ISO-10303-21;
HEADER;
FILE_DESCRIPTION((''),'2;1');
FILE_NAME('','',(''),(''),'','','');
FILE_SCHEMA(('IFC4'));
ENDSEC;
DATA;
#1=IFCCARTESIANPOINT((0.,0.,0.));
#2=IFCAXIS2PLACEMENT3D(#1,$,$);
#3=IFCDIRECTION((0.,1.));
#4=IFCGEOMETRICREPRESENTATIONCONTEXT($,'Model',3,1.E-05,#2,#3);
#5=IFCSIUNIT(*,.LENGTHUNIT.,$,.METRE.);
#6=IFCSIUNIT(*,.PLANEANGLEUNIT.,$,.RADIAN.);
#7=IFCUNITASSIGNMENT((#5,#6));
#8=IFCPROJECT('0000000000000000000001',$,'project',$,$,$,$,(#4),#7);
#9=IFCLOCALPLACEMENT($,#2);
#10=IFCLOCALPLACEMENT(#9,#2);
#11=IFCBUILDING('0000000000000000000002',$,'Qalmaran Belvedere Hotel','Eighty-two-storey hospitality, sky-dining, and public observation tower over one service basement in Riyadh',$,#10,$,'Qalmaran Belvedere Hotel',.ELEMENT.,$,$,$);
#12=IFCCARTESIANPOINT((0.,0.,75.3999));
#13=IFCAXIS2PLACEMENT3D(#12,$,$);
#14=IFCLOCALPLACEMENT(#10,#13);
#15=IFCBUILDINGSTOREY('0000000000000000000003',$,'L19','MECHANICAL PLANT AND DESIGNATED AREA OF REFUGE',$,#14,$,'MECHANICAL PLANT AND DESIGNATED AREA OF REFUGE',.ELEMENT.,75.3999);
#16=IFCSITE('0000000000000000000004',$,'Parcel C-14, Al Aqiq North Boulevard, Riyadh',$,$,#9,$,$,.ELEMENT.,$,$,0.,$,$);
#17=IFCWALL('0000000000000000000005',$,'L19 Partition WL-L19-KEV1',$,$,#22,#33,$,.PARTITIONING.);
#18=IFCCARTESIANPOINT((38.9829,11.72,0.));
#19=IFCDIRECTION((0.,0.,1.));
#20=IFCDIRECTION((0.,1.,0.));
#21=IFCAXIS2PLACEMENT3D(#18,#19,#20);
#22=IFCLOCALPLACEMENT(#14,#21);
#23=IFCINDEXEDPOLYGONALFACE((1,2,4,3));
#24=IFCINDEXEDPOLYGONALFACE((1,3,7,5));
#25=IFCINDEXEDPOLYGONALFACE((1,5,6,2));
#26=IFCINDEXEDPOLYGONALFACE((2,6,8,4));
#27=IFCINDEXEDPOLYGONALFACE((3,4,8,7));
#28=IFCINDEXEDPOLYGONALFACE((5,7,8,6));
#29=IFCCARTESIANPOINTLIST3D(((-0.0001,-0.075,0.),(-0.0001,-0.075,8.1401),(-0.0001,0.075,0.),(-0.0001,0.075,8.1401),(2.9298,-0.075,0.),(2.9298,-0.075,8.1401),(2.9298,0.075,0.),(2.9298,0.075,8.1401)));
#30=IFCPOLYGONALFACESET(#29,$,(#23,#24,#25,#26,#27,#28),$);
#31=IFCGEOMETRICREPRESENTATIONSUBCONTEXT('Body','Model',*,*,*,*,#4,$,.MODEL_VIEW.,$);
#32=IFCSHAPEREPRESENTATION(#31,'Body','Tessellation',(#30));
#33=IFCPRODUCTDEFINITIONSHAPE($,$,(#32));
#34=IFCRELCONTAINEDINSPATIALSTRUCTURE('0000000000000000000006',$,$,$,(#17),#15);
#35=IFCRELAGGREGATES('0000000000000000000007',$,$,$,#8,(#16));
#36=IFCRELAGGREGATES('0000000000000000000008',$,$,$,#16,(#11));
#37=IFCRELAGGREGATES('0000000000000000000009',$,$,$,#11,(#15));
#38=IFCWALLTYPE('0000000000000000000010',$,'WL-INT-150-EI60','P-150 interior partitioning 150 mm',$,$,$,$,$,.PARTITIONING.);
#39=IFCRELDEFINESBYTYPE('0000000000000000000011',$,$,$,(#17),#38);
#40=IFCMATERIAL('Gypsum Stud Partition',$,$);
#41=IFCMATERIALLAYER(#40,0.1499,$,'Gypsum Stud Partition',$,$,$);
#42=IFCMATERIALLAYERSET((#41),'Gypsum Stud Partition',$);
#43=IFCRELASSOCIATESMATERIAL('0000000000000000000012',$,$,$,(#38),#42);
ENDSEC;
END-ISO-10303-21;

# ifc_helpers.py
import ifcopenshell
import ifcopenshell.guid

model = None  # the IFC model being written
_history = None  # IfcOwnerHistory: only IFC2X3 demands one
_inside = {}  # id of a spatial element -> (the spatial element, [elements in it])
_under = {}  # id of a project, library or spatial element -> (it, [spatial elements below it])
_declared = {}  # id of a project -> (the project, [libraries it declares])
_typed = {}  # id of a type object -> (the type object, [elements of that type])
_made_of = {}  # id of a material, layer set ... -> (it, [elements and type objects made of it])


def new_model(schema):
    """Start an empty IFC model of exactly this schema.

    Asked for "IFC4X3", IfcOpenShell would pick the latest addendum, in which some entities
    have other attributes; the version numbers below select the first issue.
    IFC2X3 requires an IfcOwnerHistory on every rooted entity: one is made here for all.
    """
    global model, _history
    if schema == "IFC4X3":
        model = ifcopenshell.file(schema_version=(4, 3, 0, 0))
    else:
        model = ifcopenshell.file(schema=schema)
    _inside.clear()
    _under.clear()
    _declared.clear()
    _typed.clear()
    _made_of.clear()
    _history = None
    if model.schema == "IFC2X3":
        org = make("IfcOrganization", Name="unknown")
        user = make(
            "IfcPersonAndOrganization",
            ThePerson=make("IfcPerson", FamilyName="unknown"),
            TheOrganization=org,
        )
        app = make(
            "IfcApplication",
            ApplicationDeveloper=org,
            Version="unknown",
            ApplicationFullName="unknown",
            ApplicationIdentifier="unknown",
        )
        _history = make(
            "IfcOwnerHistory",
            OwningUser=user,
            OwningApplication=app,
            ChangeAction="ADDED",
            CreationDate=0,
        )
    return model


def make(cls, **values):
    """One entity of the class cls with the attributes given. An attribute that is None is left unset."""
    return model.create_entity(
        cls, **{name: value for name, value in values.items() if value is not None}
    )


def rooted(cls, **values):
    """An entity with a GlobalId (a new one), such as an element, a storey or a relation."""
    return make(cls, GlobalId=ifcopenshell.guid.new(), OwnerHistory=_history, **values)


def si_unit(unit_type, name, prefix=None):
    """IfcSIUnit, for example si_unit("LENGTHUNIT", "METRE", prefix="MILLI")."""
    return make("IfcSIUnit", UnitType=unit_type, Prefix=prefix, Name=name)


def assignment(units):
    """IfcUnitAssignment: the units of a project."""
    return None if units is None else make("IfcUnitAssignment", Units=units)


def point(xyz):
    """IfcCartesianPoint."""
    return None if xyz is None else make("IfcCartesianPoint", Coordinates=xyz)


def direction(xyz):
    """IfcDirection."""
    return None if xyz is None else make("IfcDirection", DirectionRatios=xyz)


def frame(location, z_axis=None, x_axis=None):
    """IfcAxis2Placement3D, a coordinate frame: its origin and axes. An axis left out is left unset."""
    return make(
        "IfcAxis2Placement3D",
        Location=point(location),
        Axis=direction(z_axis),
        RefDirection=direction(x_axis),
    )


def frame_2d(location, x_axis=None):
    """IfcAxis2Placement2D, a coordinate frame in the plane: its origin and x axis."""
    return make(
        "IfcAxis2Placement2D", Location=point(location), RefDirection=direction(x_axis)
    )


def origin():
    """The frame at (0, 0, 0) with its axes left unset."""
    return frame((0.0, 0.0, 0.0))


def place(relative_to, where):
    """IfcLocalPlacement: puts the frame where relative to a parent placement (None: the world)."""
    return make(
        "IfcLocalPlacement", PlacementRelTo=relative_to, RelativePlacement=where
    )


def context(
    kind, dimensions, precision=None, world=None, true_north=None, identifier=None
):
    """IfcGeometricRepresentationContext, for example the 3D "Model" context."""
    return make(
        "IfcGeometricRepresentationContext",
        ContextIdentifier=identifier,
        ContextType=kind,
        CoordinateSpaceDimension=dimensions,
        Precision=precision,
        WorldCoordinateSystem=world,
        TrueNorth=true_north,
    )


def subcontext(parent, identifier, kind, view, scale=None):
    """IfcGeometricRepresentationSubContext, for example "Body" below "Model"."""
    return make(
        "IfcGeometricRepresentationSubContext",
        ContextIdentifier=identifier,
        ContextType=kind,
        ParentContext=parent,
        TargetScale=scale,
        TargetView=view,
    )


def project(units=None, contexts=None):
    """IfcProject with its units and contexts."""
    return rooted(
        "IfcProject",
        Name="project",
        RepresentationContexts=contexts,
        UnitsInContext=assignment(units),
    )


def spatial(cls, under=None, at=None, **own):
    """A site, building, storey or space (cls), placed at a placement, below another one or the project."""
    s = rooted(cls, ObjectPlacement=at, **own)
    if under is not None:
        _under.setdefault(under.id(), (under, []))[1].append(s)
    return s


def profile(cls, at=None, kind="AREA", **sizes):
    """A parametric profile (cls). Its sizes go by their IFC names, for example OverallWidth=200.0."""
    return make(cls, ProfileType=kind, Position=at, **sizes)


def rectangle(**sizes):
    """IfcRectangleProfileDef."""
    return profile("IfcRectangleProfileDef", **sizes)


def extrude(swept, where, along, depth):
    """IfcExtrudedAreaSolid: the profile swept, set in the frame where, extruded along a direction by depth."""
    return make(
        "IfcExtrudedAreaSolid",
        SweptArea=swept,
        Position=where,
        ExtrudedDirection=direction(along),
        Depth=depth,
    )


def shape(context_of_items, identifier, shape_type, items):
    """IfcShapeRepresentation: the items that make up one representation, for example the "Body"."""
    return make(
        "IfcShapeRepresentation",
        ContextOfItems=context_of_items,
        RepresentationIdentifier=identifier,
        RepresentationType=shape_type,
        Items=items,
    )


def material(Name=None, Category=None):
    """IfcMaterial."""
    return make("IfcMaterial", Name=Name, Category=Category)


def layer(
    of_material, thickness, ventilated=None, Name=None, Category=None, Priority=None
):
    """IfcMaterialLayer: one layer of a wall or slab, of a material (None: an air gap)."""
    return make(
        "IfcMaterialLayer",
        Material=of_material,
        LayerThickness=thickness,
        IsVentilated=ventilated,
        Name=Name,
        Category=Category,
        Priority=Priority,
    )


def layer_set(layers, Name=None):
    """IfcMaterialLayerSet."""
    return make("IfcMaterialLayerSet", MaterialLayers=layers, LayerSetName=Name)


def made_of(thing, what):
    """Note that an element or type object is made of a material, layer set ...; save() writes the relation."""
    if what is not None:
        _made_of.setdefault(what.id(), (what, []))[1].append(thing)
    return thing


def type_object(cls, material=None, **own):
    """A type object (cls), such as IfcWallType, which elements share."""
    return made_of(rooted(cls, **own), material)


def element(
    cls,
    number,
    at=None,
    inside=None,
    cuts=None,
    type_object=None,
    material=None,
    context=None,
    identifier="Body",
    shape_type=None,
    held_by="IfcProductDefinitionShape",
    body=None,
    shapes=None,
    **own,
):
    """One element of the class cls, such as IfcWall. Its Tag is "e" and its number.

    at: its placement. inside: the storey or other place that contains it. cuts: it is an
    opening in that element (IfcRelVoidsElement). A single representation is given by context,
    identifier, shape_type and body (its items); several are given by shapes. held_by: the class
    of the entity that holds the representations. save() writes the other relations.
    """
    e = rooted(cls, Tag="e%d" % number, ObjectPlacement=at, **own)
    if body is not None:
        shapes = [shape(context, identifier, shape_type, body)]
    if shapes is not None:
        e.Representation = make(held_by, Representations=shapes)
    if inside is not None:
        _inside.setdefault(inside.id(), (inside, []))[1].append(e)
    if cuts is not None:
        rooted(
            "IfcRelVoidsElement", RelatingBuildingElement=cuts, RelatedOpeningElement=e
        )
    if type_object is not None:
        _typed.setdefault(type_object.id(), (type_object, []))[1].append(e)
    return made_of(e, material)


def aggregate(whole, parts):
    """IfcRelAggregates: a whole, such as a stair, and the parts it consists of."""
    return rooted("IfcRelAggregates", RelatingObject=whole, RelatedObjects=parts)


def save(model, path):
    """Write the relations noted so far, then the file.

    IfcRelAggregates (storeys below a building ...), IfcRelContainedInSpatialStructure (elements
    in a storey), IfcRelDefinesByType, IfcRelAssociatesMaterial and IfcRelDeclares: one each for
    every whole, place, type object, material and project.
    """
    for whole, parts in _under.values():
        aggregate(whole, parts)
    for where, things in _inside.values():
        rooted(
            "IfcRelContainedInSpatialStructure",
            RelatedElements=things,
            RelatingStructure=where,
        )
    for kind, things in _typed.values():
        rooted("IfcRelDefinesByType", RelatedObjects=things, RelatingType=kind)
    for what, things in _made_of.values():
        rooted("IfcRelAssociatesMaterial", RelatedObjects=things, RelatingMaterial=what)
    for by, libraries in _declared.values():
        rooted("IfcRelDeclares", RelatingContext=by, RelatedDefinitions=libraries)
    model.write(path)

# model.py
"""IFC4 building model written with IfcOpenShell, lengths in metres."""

from ifc_helpers import new_model, si_unit, direction, frame, frame_2d, origin, place, context, subcontext, project, spatial, rectangle, extrude, material, layer, layer_set, type_object, element, save


model = new_model("IFC4")

# Units and contexts
model_context = context("Model", 3, precision=1e-05, world=origin(), true_north=direction((0.0, 1.0)))
body_context = subcontext(model_context, "Body", "Model", "MODEL_VIEW")
ifc_project = project(units=[si_unit("LENGTHUNIT", "METRE"), si_unit("PLANEANGLEUNIT", "RADIAN")], contexts=[model_context])

# Site, building, storey
site_placement = place(None, origin())
site = spatial("IfcSite", under=ifc_project, at=site_placement, Name="Parcel C-14, Al Aqiq North Boulevard, Riyadh", CompositionType="ELEMENT", RefElevation=0.0)
building_placement = place(site_placement, origin())
building = spatial("IfcBuilding", under=site, at=building_placement, Name="Qalmaran Belvedere Hotel", Description="Eighty-two-storey hospitality, sky-dining, and public observation tower over one service basement in Riyadh", LongName="Qalmaran Belvedere Hotel", CompositionType="ELEMENT")
storey_placement = place(building_placement, frame((0.0, 0.0, 75.3999)))
storey = spatial("IfcBuildingStorey", under=building, at=storey_placement, Name="L19", Description="MECHANICAL PLANT AND DESIGNATED AREA OF REFUGE", LongName="MECHANICAL PLANT AND DESIGNATED AREA OF REFUGE", CompositionType="ELEMENT", Elevation=75.3999)

# Wall
ifc_material_1 = material(Name="Gypsum Stud Partition")
ifc_layer_1 = layer(ifc_material_1, 0.1499, Name="Gypsum Stud Partition")
ifc_layer_set_1 = layer_set([ifc_layer_1], Name="Gypsum Stud Partition")
wall_type_1 = type_object("IfcWallType", Name="WL-INT-150-EI60", Description="P-150 interior partitioning 150 mm", PredefinedType="PARTITIONING", material=ifc_layer_set_1)
wall_1_placement = place(storey_placement, frame((38.9829, 11.72, 0.0), z_axis=(0.0, 0.0, 1.0), x_axis=(0.0, 1.0, 0.0)))
element("IfcWall", 1, at=wall_1_placement, inside=storey, type_object=wall_type_1, Name="L19 Partition WL-L19-KEV1", PredefinedType="PARTITIONING", context=body_context, shape_type="SweptSolid", body=[
    extrude(rectangle(XDim=2.9299, YDim=0.1499, at=frame_2d((1.4648, 0.0))), origin(), (0.0, 0.0, 1.0), 8.1401),
])

save(model, "model.ifc")
